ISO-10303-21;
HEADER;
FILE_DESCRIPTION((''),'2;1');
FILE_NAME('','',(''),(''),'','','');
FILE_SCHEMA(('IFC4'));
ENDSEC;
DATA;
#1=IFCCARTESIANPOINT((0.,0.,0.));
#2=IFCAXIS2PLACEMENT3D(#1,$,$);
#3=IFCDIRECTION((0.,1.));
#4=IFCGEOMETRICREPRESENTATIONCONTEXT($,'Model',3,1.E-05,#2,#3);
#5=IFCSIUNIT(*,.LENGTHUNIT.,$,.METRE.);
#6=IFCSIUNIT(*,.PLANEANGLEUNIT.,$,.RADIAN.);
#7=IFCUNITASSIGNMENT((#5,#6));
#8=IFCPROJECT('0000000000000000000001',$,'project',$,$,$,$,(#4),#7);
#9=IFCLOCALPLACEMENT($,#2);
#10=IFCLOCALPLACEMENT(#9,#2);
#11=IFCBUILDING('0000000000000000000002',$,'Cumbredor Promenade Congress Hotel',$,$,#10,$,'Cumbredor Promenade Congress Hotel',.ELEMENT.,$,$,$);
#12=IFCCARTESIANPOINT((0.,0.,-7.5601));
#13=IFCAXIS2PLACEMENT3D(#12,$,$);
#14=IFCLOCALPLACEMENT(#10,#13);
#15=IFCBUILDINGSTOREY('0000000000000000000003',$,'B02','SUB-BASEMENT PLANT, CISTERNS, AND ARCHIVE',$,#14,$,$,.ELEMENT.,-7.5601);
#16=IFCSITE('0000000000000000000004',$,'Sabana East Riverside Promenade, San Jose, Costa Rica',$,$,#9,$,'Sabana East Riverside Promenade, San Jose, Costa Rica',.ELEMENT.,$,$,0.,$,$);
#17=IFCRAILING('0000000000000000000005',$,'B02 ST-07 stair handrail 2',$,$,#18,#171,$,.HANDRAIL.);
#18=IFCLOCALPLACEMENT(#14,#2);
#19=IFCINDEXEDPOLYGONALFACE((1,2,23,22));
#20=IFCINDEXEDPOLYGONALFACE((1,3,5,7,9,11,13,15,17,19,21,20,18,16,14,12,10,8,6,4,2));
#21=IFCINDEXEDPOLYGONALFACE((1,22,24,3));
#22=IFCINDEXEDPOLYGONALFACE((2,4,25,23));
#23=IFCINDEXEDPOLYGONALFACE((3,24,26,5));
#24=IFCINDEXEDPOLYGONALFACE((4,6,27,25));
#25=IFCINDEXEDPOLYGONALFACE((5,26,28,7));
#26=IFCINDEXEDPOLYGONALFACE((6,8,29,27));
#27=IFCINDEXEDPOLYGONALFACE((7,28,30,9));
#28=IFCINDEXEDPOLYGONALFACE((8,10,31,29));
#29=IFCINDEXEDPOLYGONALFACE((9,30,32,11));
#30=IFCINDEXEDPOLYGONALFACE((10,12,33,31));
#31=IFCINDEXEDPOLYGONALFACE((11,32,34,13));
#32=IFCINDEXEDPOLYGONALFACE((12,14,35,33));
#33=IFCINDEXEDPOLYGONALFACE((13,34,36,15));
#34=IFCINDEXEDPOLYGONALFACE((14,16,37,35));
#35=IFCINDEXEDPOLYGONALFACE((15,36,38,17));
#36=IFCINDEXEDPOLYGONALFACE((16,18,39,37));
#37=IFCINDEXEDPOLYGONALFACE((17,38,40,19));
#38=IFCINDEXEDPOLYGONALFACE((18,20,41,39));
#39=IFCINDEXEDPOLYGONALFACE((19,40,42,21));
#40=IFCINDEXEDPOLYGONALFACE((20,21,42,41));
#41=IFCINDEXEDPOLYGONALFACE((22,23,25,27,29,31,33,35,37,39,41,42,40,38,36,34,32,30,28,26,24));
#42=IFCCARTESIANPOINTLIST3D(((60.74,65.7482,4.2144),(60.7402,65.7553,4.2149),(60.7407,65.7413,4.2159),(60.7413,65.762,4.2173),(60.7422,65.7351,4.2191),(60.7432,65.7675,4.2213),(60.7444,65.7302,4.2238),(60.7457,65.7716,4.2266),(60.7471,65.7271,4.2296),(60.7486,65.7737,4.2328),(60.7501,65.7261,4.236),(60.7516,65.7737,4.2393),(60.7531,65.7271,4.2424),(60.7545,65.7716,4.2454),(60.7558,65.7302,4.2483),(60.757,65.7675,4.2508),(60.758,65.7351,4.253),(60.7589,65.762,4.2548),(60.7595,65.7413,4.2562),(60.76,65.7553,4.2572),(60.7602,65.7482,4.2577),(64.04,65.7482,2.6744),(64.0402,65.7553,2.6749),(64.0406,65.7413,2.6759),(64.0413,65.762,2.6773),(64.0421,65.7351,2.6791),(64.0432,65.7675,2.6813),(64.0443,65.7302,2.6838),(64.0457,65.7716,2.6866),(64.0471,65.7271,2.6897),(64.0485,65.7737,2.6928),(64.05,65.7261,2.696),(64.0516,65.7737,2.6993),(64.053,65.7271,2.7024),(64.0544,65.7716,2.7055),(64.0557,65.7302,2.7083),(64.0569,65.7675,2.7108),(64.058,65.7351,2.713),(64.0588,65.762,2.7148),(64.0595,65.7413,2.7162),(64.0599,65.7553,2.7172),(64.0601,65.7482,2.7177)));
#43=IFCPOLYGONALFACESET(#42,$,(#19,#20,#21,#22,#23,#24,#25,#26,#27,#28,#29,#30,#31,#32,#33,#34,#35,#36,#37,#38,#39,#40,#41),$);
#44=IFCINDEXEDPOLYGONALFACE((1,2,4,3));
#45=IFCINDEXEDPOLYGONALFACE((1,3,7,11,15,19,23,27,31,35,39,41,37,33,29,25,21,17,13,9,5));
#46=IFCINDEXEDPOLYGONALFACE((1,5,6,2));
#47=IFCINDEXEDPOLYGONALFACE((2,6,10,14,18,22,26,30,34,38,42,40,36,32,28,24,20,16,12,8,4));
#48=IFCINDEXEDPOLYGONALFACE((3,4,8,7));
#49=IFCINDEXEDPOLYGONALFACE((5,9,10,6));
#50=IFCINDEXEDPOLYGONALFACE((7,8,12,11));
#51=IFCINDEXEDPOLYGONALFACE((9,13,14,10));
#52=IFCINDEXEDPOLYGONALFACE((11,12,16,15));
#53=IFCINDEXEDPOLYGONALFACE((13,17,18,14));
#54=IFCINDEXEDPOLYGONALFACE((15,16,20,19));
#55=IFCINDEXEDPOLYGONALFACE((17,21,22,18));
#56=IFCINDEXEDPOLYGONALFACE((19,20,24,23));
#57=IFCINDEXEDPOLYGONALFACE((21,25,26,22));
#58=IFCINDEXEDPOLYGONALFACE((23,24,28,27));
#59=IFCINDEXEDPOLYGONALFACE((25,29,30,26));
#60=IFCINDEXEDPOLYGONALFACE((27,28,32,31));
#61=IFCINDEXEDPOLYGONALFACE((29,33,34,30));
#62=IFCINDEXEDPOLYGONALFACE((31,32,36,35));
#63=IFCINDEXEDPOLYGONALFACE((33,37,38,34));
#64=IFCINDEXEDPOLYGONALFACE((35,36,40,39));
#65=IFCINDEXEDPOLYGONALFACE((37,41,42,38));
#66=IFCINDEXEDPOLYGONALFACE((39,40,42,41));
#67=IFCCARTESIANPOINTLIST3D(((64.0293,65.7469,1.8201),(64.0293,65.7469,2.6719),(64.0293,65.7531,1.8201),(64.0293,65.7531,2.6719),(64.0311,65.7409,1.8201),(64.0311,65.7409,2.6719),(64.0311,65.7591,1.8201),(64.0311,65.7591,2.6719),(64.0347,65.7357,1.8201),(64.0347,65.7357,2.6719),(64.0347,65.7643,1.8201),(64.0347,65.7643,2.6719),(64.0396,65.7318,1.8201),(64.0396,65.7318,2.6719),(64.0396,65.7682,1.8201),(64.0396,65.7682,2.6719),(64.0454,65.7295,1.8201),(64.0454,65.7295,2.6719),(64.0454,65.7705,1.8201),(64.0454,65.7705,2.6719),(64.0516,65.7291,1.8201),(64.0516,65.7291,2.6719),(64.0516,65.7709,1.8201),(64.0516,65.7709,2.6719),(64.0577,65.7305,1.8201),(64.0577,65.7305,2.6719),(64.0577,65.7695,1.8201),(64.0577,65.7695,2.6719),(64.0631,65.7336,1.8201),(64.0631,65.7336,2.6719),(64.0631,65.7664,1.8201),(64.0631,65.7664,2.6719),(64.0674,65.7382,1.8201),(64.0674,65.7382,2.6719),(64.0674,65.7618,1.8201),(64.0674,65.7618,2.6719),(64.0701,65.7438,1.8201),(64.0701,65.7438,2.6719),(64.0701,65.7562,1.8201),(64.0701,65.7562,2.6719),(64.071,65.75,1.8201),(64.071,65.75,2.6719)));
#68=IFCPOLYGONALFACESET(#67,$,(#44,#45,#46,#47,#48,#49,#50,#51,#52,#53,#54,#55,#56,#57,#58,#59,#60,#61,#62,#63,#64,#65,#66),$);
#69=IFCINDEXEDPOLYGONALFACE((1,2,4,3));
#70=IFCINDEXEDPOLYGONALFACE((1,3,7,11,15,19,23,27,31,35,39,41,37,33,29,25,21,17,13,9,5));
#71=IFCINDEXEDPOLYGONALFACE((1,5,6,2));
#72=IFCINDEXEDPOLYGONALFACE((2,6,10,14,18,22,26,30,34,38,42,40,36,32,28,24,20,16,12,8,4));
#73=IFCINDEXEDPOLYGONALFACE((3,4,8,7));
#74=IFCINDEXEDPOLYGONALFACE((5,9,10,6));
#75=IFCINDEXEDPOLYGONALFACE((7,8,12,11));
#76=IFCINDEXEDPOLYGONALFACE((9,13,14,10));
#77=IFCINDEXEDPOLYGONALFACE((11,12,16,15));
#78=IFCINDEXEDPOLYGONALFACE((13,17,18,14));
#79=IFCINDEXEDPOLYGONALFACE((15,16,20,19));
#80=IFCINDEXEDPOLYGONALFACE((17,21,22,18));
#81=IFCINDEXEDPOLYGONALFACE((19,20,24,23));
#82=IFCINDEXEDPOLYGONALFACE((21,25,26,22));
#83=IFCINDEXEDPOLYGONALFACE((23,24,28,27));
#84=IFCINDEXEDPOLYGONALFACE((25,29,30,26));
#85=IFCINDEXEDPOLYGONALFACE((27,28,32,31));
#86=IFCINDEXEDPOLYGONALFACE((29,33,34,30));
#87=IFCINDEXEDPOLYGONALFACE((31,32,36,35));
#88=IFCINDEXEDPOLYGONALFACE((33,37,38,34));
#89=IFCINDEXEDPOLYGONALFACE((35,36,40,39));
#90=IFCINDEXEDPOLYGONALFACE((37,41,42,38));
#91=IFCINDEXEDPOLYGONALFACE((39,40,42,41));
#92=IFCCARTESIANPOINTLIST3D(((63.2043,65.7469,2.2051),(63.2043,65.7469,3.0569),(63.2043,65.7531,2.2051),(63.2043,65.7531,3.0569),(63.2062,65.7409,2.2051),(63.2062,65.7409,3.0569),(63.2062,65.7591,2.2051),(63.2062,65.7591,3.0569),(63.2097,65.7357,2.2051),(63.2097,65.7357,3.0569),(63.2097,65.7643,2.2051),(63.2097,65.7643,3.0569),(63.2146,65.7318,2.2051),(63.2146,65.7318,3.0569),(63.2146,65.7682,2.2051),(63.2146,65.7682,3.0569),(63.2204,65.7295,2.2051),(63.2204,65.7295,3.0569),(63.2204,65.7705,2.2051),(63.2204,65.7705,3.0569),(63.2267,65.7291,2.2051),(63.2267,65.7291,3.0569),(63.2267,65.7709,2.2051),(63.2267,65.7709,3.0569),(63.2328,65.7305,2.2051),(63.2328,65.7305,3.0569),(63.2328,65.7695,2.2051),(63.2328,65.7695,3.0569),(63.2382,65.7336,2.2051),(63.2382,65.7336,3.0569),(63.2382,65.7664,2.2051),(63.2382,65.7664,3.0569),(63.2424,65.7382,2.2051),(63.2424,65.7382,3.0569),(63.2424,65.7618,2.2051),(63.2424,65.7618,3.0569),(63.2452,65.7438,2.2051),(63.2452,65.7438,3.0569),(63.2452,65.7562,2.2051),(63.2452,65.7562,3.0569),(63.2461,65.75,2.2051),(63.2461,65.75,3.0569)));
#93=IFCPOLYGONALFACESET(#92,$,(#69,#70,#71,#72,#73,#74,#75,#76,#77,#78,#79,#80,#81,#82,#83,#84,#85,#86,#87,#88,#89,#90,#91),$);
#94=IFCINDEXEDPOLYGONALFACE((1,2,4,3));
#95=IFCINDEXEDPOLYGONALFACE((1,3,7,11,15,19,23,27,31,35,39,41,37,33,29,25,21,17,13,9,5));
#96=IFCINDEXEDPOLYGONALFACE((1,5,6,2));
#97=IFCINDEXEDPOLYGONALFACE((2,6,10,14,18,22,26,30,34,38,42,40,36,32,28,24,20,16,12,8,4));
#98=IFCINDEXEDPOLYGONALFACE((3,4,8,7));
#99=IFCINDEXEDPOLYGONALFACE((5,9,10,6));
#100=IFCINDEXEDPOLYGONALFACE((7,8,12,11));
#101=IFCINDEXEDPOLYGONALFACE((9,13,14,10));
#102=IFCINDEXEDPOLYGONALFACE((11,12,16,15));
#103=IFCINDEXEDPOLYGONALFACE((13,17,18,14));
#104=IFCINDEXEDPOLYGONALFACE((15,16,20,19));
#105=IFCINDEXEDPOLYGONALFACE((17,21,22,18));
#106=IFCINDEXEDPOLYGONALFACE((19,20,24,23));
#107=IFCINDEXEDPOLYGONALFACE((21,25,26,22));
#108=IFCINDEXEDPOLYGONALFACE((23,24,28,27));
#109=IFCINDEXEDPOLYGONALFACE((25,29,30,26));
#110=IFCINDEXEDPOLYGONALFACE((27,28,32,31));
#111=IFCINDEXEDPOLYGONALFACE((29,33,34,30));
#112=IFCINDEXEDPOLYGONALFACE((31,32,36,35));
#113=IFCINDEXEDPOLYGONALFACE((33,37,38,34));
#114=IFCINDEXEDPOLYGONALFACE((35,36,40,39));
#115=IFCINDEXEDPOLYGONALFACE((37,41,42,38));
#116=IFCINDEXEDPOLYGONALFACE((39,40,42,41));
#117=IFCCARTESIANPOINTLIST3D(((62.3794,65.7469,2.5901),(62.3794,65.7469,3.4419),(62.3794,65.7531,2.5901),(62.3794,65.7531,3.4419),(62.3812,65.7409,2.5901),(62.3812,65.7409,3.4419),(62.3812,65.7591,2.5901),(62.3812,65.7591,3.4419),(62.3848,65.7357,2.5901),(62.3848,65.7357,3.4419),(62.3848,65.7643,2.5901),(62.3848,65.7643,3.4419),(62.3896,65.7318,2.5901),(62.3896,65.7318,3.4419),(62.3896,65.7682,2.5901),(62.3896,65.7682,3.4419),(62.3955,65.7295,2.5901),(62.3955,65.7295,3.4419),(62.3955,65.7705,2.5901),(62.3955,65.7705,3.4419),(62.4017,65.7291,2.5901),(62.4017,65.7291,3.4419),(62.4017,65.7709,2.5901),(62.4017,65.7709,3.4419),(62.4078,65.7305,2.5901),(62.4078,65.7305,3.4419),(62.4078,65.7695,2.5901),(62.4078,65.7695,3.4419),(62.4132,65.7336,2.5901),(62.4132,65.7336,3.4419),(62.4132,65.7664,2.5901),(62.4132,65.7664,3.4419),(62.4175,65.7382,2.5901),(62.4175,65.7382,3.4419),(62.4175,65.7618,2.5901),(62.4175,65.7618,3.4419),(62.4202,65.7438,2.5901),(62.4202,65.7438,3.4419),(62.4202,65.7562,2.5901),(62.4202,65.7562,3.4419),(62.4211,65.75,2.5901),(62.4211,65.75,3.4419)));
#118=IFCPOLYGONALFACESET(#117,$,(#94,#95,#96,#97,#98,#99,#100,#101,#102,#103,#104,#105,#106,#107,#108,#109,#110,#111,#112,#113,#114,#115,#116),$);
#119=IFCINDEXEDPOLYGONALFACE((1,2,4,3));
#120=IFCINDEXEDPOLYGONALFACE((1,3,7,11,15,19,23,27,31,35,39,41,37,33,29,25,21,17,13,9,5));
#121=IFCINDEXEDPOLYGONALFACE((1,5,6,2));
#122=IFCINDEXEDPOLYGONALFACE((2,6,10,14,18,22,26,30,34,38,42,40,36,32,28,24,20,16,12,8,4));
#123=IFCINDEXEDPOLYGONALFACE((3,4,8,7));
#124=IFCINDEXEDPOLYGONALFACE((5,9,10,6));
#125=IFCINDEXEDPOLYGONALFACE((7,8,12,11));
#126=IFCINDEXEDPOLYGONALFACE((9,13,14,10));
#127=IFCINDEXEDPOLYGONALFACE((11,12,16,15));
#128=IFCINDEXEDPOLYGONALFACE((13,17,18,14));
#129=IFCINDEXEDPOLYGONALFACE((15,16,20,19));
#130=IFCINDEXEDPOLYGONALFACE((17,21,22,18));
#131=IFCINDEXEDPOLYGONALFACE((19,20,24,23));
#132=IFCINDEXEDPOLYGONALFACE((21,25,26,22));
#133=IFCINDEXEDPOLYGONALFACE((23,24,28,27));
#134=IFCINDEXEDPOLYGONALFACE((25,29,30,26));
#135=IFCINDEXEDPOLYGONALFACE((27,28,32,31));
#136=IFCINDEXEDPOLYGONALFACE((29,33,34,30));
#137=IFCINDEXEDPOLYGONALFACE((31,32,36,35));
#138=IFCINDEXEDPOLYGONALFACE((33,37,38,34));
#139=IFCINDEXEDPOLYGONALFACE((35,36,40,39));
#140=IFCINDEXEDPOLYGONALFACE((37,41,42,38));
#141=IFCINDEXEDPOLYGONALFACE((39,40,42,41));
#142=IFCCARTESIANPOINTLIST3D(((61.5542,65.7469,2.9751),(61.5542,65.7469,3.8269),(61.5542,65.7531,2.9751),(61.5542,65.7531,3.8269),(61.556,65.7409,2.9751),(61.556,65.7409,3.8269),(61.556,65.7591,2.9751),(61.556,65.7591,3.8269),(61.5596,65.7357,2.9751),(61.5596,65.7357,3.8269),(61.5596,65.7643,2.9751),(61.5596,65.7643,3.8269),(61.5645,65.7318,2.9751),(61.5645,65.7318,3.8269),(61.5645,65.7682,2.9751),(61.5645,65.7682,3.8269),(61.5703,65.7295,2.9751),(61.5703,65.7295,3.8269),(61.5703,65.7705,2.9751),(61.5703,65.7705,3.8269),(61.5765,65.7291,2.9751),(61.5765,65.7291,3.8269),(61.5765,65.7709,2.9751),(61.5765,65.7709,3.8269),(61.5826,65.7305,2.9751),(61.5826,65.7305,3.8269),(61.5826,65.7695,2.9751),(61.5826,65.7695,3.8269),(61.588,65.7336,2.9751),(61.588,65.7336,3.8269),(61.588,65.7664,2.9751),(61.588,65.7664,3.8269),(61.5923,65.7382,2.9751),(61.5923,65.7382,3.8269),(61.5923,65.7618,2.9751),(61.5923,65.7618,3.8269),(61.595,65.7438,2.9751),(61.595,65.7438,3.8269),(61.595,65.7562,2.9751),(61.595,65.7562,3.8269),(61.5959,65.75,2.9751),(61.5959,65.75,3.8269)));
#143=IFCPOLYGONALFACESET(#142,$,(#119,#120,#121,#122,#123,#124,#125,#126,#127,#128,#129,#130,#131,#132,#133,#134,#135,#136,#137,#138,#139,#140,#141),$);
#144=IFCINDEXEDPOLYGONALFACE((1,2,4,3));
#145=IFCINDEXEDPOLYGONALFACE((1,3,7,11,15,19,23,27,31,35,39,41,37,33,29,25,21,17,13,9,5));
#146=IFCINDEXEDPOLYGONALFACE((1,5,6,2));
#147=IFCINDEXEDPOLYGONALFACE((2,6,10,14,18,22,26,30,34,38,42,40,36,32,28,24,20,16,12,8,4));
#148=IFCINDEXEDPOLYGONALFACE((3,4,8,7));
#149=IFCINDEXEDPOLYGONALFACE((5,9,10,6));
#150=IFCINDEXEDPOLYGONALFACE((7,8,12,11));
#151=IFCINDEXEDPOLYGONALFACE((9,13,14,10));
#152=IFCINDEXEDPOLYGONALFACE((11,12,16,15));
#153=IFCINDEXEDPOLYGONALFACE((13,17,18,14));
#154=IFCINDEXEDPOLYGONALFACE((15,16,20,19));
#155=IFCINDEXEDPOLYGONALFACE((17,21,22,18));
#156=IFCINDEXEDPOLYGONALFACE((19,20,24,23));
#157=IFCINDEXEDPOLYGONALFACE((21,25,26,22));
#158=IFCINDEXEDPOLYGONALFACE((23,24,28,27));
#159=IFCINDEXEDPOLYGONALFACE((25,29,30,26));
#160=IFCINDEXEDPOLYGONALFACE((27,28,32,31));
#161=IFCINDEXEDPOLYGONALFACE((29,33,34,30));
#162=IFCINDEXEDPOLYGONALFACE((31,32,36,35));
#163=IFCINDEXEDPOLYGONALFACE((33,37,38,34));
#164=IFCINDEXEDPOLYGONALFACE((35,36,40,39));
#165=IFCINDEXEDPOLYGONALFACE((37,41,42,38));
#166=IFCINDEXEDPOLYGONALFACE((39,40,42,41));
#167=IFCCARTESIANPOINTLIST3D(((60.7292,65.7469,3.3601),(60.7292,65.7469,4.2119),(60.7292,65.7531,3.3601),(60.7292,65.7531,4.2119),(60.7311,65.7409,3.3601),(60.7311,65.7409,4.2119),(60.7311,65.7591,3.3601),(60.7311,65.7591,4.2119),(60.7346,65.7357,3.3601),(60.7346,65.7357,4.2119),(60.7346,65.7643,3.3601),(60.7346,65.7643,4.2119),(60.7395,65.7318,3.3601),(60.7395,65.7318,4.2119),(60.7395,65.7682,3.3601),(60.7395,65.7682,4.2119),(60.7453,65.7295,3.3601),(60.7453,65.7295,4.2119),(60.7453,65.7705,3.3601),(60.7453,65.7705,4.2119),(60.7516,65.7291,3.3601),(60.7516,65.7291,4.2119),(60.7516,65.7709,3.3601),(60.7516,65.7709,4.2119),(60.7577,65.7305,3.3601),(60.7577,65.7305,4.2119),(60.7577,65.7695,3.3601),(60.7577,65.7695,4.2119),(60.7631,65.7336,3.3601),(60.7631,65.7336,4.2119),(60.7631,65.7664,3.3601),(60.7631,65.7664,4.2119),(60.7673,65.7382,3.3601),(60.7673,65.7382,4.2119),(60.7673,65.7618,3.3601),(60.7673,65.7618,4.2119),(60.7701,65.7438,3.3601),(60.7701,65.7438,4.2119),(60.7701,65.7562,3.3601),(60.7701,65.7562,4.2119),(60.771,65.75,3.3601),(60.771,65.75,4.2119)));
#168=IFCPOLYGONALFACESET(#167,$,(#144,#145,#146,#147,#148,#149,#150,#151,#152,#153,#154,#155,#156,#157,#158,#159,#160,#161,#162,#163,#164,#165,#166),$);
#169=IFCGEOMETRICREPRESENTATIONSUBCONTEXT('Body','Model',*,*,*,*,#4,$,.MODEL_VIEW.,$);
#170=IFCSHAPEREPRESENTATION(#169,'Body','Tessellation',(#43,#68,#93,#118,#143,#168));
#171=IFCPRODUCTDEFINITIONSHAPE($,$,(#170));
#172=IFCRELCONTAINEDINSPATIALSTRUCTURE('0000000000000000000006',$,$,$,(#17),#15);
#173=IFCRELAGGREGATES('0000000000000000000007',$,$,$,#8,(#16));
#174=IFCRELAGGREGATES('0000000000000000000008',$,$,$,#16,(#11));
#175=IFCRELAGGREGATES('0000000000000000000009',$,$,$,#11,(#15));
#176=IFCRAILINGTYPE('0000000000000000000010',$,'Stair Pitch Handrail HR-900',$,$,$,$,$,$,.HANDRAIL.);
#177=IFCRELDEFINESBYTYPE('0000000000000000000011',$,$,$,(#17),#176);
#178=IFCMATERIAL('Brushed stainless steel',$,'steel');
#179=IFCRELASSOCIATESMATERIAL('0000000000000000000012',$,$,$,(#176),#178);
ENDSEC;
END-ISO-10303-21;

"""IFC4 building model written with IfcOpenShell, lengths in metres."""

from ifc_helpers import new_model, si_unit, direction, frame, origin, origin_2d, place, context, subcontext, project, spatial, circle, extrude, material, type_object, element, save


model = new_model("IFC4")

# Units and contexts
model_context = context("Model", 3, precision=1e-05, world=origin(), true_north=direction((0.0, 1.0)))
body_context = subcontext(model_context, "Body", "Model", "MODEL_VIEW")
ifc_project = project(units=[si_unit("LENGTHUNIT", "METRE"), si_unit("PLANEANGLEUNIT", "RADIAN")], contexts=[model_context])

# Site, building, storey
site_placement = place(None, origin())
site = spatial("IfcSite", under=ifc_project, at=site_placement, Name="Sabana East Riverside Promenade, San Jose, Costa Rica", LongName="Sabana East Riverside Promenade, San Jose, Costa Rica", CompositionType="ELEMENT", RefElevation=0.0)
building_placement = place(site_placement, origin())
building = spatial("IfcBuilding", under=site, at=building_placement, Name="Cumbredor Promenade Congress Hotel", LongName="Cumbredor Promenade Congress Hotel", CompositionType="ELEMENT")
storey_placement = place(building_placement, frame((0.0, 0.0, -7.5601)))
storey = spatial("IfcBuildingStorey", under=building, at=storey_placement, Name="B02", Description="SUB-BASEMENT PLANT, CISTERNS, AND ARCHIVE", CompositionType="ELEMENT", Elevation=-7.5601)

# Railing
ifc_material_1 = material(Name="Brushed stainless steel", Category="steel")
railing_type_1 = type_object("IfcRailingType", Name="Stair Pitch Handrail HR-900", PredefinedType="HANDRAIL", material=ifc_material_1)
railing_1_placement = place(storey_placement, frame((64.05, 65.75, 1.8201)))
element("IfcRailing", 1, at=railing_1_placement, inside=storey, type_object=railing_type_1, Name="B02 ST-07 stair handrail 2", PredefinedType="HANDRAIL", context=body_context, shape_type="SweptSolid", body=[
    extrude(circle(Radius=0.0239, at=origin_2d()), frame((0.0, 0.0, 0.876), z_axis=(-0.906181, 0.0, 0.422889), x_axis=(0.0, -1.0, 0.0)), (0.0, 0.0, 1.0), 3.6416),
    extrude(circle(Radius=0.021, at=origin_2d()), origin(), (0.0, 0.0, 1.0), 0.8518),
    extrude(circle(Radius=0.021, at=origin_2d()), frame((-0.825, 0.0, 0.385)), (0.0, 0.0, 1.0), 0.8518),
    extrude(circle(Radius=0.021, at=origin_2d()), frame((-1.6499, 0.0, 0.77)), (0.0, 0.0, 1.0), 0.8518),
    extrude(circle(Radius=0.021, at=origin_2d()), frame((-2.4751, 0.0, 1.155)), (0.0, 0.0, 1.0), 0.8518),
    extrude(circle(Radius=0.021, at=origin_2d()), frame((-3.3, 0.0, 1.54)), (0.0, 0.0, 1.0), 0.8518),
])

save(model, "model.ifc")
